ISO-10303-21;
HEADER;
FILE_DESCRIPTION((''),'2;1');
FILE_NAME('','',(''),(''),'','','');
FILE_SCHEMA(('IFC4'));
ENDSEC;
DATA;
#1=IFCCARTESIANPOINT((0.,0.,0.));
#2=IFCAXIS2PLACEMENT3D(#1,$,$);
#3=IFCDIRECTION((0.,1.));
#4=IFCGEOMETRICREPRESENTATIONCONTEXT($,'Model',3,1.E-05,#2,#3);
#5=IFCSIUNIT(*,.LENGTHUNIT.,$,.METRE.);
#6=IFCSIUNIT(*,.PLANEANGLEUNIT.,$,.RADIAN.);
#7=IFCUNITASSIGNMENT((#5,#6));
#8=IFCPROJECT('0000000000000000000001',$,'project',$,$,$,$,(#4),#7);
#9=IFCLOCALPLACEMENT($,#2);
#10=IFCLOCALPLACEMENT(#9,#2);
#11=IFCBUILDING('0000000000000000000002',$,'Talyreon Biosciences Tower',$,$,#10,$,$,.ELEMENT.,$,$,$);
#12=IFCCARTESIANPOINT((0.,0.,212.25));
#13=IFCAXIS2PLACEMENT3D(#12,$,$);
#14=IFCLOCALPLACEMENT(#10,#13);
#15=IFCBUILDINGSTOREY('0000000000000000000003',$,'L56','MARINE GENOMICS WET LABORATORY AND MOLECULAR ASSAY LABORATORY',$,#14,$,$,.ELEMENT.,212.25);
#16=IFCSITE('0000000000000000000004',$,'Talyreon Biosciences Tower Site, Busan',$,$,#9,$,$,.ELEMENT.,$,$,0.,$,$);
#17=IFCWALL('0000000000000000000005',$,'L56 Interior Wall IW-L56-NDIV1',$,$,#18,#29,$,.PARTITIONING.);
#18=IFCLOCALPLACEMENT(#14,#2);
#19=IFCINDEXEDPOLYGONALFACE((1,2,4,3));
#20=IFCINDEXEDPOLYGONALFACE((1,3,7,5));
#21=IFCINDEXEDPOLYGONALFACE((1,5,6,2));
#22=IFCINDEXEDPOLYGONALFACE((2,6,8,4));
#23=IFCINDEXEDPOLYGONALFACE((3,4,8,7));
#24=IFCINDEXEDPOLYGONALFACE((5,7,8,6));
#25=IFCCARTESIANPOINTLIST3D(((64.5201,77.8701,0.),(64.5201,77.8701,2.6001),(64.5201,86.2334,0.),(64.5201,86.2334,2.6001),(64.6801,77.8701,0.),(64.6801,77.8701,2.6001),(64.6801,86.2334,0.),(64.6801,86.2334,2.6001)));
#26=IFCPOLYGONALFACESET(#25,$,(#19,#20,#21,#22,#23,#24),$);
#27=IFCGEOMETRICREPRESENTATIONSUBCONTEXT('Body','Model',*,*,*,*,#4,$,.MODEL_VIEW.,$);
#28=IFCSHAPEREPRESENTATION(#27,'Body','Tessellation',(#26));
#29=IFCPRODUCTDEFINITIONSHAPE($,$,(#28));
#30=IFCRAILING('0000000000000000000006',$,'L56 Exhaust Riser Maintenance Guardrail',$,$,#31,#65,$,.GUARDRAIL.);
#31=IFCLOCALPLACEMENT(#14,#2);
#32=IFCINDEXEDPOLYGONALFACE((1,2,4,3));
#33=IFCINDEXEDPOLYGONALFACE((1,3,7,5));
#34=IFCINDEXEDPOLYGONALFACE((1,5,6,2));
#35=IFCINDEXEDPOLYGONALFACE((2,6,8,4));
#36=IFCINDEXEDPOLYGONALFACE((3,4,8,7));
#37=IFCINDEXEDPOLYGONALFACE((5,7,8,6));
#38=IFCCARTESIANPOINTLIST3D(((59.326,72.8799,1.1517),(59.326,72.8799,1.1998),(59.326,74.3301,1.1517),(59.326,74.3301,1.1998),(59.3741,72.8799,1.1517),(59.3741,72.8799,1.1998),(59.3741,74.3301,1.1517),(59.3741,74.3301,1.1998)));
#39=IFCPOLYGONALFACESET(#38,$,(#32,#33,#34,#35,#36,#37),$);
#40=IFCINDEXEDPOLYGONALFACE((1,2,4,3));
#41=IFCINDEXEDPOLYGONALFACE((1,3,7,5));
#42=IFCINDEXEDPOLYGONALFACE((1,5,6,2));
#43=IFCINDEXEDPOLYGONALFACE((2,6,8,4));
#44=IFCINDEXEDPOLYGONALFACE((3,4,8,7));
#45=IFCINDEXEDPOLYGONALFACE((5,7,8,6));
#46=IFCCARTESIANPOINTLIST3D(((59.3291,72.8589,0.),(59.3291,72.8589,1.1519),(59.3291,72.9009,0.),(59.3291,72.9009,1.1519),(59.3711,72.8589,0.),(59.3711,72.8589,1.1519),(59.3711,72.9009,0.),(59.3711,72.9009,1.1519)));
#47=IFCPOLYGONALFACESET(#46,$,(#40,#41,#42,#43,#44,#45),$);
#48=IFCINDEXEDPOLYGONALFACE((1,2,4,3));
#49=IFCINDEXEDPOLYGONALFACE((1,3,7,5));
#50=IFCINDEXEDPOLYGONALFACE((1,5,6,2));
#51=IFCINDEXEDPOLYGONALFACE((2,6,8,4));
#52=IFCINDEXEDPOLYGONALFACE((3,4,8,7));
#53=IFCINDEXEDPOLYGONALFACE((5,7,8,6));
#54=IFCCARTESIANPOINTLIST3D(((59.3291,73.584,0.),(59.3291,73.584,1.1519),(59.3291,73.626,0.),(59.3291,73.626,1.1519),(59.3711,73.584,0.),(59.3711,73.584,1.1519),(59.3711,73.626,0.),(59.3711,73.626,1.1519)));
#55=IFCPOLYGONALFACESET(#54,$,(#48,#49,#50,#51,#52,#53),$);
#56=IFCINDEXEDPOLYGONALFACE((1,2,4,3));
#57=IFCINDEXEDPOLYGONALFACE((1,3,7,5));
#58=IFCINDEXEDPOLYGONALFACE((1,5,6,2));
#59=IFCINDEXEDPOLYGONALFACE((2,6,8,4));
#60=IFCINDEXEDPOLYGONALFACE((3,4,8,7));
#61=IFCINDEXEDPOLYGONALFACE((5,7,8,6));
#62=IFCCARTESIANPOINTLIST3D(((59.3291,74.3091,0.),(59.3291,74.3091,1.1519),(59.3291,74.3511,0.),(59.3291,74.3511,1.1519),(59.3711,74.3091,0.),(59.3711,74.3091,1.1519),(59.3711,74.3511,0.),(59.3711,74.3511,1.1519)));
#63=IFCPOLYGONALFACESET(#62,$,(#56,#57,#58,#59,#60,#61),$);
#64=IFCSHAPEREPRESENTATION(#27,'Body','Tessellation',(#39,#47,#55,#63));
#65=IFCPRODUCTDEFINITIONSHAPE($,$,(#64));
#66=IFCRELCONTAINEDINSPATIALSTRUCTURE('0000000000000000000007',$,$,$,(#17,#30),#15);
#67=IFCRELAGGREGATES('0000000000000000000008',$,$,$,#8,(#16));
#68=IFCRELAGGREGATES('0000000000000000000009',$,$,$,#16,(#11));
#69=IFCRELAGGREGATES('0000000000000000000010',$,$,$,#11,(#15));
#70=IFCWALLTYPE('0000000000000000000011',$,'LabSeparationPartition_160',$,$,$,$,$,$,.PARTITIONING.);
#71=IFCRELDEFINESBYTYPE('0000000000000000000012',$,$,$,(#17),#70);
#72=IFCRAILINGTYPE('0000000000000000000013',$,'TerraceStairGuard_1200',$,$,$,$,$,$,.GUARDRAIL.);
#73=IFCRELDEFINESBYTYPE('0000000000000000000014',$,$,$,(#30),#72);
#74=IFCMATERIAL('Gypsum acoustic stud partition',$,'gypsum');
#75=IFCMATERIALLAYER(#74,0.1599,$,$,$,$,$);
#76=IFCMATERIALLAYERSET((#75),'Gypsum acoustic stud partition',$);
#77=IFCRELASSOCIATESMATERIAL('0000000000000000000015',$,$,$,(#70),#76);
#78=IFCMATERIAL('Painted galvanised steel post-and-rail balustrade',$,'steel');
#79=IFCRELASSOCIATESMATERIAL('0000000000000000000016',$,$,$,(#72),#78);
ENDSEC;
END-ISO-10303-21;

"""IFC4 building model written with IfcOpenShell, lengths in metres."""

from ifc_helpers import new_model, si_unit, direction, frame, frame_2d, origin, origin_2d, place, context, subcontext, project, spatial, rectangle, extrude, material, layer, layer_set, type_object, element, save


model = new_model("IFC4")

# Units and contexts
model_context = context("Model", 3, precision=1e-05, world=origin(), true_north=direction((0.0, 1.0)))
body_context = subcontext(model_context, "Body", "Model", "MODEL_VIEW")
ifc_project = project(units=[si_unit("LENGTHUNIT", "METRE"), si_unit("PLANEANGLEUNIT", "RADIAN")], contexts=[model_context])

# Site, building, storey
site_placement = place(None, origin())
site = spatial("IfcSite", under=ifc_project, at=site_placement, Name="Talyreon Biosciences Tower Site, Busan", CompositionType="ELEMENT", RefElevation=0.0)
building_placement = place(site_placement, origin())
building = spatial("IfcBuilding", under=site, at=building_placement, Name="Talyreon Biosciences Tower", CompositionType="ELEMENT")
storey_placement = place(building_placement, frame((0.0, 0.0, 212.25)))
storey = spatial("IfcBuildingStorey", under=building, at=storey_placement, Name="L56", Description="MARINE GENOMICS WET LABORATORY AND MOLECULAR ASSAY LABORATORY", CompositionType="ELEMENT", Elevation=212.25)

# Wall
ifc_material_1 = material(Name="Gypsum acoustic stud partition", Category="gypsum")
ifc_layer_1 = layer(ifc_material_1, 0.1599)
ifc_layer_set_1 = layer_set([ifc_layer_1], Name="Gypsum acoustic stud partition")
wall_type_1 = type_object("IfcWallType", Name="LabSeparationPartition_160", PredefinedType="PARTITIONING", material=ifc_layer_set_1)
wall_1_placement = place(storey_placement, frame((64.6001, 77.8701, 0.0), z_axis=(0.0, 0.0, 1.0), x_axis=(0.0, 1.0, 0.0)))
element("IfcWall", 1, at=wall_1_placement, inside=storey, type_object=wall_type_1, Name="L56 Interior Wall IW-L56-NDIV1", PredefinedType="PARTITIONING", context=body_context, shape_type="SweptSolid", body=[
    extrude(rectangle(XDim=8.3633, YDim=0.1599, at=frame_2d((4.1816, 0.0))), origin(), (0.0, 0.0, 1.0), 2.6001),
])

# Railing
ifc_material_2 = material(Name="Painted galvanised steel post-and-rail balustrade", Category="steel")
railing_type = type_object("IfcRailingType", Name="TerraceStairGuard_1200", PredefinedType="GUARDRAIL", material=ifc_material_2)
railing_placement = place(storey_placement, frame((59.3501, 72.8799, 0.0)))
element("IfcRailing", 2, at=railing_placement, inside=storey, type_object=railing_type, Name="L56 Exhaust Riser Maintenance Guardrail", PredefinedType="GUARDRAIL", context=body_context, shape_type="SweptSolid", body=[
    extrude(rectangle(XDim=0.0481, YDim=0.0481, at=origin_2d()), frame((0.0, 0.0, 1.1758), z_axis=(0.0, 1.0, 0.0), x_axis=(-1.0, 0.0, 0.0)), (0.0, 0.0, 1.0), 1.4502),
    extrude(rectangle(XDim=0.042, YDim=0.042, at=origin_2d()), origin(), (0.0, 0.0, 1.0), 1.1519),
    extrude(rectangle(XDim=0.042, YDim=0.042, at=origin_2d()), frame((0.0, 0.7251, 0.0)), (0.0, 0.0, 1.0), 1.1519),
    extrude(rectangle(XDim=0.042, YDim=0.042, at=origin_2d()), frame((0.0, 1.4502, 0.0)), (0.0, 0.0, 1.0), 1.1519),
])

save(model, "model.ifc")
